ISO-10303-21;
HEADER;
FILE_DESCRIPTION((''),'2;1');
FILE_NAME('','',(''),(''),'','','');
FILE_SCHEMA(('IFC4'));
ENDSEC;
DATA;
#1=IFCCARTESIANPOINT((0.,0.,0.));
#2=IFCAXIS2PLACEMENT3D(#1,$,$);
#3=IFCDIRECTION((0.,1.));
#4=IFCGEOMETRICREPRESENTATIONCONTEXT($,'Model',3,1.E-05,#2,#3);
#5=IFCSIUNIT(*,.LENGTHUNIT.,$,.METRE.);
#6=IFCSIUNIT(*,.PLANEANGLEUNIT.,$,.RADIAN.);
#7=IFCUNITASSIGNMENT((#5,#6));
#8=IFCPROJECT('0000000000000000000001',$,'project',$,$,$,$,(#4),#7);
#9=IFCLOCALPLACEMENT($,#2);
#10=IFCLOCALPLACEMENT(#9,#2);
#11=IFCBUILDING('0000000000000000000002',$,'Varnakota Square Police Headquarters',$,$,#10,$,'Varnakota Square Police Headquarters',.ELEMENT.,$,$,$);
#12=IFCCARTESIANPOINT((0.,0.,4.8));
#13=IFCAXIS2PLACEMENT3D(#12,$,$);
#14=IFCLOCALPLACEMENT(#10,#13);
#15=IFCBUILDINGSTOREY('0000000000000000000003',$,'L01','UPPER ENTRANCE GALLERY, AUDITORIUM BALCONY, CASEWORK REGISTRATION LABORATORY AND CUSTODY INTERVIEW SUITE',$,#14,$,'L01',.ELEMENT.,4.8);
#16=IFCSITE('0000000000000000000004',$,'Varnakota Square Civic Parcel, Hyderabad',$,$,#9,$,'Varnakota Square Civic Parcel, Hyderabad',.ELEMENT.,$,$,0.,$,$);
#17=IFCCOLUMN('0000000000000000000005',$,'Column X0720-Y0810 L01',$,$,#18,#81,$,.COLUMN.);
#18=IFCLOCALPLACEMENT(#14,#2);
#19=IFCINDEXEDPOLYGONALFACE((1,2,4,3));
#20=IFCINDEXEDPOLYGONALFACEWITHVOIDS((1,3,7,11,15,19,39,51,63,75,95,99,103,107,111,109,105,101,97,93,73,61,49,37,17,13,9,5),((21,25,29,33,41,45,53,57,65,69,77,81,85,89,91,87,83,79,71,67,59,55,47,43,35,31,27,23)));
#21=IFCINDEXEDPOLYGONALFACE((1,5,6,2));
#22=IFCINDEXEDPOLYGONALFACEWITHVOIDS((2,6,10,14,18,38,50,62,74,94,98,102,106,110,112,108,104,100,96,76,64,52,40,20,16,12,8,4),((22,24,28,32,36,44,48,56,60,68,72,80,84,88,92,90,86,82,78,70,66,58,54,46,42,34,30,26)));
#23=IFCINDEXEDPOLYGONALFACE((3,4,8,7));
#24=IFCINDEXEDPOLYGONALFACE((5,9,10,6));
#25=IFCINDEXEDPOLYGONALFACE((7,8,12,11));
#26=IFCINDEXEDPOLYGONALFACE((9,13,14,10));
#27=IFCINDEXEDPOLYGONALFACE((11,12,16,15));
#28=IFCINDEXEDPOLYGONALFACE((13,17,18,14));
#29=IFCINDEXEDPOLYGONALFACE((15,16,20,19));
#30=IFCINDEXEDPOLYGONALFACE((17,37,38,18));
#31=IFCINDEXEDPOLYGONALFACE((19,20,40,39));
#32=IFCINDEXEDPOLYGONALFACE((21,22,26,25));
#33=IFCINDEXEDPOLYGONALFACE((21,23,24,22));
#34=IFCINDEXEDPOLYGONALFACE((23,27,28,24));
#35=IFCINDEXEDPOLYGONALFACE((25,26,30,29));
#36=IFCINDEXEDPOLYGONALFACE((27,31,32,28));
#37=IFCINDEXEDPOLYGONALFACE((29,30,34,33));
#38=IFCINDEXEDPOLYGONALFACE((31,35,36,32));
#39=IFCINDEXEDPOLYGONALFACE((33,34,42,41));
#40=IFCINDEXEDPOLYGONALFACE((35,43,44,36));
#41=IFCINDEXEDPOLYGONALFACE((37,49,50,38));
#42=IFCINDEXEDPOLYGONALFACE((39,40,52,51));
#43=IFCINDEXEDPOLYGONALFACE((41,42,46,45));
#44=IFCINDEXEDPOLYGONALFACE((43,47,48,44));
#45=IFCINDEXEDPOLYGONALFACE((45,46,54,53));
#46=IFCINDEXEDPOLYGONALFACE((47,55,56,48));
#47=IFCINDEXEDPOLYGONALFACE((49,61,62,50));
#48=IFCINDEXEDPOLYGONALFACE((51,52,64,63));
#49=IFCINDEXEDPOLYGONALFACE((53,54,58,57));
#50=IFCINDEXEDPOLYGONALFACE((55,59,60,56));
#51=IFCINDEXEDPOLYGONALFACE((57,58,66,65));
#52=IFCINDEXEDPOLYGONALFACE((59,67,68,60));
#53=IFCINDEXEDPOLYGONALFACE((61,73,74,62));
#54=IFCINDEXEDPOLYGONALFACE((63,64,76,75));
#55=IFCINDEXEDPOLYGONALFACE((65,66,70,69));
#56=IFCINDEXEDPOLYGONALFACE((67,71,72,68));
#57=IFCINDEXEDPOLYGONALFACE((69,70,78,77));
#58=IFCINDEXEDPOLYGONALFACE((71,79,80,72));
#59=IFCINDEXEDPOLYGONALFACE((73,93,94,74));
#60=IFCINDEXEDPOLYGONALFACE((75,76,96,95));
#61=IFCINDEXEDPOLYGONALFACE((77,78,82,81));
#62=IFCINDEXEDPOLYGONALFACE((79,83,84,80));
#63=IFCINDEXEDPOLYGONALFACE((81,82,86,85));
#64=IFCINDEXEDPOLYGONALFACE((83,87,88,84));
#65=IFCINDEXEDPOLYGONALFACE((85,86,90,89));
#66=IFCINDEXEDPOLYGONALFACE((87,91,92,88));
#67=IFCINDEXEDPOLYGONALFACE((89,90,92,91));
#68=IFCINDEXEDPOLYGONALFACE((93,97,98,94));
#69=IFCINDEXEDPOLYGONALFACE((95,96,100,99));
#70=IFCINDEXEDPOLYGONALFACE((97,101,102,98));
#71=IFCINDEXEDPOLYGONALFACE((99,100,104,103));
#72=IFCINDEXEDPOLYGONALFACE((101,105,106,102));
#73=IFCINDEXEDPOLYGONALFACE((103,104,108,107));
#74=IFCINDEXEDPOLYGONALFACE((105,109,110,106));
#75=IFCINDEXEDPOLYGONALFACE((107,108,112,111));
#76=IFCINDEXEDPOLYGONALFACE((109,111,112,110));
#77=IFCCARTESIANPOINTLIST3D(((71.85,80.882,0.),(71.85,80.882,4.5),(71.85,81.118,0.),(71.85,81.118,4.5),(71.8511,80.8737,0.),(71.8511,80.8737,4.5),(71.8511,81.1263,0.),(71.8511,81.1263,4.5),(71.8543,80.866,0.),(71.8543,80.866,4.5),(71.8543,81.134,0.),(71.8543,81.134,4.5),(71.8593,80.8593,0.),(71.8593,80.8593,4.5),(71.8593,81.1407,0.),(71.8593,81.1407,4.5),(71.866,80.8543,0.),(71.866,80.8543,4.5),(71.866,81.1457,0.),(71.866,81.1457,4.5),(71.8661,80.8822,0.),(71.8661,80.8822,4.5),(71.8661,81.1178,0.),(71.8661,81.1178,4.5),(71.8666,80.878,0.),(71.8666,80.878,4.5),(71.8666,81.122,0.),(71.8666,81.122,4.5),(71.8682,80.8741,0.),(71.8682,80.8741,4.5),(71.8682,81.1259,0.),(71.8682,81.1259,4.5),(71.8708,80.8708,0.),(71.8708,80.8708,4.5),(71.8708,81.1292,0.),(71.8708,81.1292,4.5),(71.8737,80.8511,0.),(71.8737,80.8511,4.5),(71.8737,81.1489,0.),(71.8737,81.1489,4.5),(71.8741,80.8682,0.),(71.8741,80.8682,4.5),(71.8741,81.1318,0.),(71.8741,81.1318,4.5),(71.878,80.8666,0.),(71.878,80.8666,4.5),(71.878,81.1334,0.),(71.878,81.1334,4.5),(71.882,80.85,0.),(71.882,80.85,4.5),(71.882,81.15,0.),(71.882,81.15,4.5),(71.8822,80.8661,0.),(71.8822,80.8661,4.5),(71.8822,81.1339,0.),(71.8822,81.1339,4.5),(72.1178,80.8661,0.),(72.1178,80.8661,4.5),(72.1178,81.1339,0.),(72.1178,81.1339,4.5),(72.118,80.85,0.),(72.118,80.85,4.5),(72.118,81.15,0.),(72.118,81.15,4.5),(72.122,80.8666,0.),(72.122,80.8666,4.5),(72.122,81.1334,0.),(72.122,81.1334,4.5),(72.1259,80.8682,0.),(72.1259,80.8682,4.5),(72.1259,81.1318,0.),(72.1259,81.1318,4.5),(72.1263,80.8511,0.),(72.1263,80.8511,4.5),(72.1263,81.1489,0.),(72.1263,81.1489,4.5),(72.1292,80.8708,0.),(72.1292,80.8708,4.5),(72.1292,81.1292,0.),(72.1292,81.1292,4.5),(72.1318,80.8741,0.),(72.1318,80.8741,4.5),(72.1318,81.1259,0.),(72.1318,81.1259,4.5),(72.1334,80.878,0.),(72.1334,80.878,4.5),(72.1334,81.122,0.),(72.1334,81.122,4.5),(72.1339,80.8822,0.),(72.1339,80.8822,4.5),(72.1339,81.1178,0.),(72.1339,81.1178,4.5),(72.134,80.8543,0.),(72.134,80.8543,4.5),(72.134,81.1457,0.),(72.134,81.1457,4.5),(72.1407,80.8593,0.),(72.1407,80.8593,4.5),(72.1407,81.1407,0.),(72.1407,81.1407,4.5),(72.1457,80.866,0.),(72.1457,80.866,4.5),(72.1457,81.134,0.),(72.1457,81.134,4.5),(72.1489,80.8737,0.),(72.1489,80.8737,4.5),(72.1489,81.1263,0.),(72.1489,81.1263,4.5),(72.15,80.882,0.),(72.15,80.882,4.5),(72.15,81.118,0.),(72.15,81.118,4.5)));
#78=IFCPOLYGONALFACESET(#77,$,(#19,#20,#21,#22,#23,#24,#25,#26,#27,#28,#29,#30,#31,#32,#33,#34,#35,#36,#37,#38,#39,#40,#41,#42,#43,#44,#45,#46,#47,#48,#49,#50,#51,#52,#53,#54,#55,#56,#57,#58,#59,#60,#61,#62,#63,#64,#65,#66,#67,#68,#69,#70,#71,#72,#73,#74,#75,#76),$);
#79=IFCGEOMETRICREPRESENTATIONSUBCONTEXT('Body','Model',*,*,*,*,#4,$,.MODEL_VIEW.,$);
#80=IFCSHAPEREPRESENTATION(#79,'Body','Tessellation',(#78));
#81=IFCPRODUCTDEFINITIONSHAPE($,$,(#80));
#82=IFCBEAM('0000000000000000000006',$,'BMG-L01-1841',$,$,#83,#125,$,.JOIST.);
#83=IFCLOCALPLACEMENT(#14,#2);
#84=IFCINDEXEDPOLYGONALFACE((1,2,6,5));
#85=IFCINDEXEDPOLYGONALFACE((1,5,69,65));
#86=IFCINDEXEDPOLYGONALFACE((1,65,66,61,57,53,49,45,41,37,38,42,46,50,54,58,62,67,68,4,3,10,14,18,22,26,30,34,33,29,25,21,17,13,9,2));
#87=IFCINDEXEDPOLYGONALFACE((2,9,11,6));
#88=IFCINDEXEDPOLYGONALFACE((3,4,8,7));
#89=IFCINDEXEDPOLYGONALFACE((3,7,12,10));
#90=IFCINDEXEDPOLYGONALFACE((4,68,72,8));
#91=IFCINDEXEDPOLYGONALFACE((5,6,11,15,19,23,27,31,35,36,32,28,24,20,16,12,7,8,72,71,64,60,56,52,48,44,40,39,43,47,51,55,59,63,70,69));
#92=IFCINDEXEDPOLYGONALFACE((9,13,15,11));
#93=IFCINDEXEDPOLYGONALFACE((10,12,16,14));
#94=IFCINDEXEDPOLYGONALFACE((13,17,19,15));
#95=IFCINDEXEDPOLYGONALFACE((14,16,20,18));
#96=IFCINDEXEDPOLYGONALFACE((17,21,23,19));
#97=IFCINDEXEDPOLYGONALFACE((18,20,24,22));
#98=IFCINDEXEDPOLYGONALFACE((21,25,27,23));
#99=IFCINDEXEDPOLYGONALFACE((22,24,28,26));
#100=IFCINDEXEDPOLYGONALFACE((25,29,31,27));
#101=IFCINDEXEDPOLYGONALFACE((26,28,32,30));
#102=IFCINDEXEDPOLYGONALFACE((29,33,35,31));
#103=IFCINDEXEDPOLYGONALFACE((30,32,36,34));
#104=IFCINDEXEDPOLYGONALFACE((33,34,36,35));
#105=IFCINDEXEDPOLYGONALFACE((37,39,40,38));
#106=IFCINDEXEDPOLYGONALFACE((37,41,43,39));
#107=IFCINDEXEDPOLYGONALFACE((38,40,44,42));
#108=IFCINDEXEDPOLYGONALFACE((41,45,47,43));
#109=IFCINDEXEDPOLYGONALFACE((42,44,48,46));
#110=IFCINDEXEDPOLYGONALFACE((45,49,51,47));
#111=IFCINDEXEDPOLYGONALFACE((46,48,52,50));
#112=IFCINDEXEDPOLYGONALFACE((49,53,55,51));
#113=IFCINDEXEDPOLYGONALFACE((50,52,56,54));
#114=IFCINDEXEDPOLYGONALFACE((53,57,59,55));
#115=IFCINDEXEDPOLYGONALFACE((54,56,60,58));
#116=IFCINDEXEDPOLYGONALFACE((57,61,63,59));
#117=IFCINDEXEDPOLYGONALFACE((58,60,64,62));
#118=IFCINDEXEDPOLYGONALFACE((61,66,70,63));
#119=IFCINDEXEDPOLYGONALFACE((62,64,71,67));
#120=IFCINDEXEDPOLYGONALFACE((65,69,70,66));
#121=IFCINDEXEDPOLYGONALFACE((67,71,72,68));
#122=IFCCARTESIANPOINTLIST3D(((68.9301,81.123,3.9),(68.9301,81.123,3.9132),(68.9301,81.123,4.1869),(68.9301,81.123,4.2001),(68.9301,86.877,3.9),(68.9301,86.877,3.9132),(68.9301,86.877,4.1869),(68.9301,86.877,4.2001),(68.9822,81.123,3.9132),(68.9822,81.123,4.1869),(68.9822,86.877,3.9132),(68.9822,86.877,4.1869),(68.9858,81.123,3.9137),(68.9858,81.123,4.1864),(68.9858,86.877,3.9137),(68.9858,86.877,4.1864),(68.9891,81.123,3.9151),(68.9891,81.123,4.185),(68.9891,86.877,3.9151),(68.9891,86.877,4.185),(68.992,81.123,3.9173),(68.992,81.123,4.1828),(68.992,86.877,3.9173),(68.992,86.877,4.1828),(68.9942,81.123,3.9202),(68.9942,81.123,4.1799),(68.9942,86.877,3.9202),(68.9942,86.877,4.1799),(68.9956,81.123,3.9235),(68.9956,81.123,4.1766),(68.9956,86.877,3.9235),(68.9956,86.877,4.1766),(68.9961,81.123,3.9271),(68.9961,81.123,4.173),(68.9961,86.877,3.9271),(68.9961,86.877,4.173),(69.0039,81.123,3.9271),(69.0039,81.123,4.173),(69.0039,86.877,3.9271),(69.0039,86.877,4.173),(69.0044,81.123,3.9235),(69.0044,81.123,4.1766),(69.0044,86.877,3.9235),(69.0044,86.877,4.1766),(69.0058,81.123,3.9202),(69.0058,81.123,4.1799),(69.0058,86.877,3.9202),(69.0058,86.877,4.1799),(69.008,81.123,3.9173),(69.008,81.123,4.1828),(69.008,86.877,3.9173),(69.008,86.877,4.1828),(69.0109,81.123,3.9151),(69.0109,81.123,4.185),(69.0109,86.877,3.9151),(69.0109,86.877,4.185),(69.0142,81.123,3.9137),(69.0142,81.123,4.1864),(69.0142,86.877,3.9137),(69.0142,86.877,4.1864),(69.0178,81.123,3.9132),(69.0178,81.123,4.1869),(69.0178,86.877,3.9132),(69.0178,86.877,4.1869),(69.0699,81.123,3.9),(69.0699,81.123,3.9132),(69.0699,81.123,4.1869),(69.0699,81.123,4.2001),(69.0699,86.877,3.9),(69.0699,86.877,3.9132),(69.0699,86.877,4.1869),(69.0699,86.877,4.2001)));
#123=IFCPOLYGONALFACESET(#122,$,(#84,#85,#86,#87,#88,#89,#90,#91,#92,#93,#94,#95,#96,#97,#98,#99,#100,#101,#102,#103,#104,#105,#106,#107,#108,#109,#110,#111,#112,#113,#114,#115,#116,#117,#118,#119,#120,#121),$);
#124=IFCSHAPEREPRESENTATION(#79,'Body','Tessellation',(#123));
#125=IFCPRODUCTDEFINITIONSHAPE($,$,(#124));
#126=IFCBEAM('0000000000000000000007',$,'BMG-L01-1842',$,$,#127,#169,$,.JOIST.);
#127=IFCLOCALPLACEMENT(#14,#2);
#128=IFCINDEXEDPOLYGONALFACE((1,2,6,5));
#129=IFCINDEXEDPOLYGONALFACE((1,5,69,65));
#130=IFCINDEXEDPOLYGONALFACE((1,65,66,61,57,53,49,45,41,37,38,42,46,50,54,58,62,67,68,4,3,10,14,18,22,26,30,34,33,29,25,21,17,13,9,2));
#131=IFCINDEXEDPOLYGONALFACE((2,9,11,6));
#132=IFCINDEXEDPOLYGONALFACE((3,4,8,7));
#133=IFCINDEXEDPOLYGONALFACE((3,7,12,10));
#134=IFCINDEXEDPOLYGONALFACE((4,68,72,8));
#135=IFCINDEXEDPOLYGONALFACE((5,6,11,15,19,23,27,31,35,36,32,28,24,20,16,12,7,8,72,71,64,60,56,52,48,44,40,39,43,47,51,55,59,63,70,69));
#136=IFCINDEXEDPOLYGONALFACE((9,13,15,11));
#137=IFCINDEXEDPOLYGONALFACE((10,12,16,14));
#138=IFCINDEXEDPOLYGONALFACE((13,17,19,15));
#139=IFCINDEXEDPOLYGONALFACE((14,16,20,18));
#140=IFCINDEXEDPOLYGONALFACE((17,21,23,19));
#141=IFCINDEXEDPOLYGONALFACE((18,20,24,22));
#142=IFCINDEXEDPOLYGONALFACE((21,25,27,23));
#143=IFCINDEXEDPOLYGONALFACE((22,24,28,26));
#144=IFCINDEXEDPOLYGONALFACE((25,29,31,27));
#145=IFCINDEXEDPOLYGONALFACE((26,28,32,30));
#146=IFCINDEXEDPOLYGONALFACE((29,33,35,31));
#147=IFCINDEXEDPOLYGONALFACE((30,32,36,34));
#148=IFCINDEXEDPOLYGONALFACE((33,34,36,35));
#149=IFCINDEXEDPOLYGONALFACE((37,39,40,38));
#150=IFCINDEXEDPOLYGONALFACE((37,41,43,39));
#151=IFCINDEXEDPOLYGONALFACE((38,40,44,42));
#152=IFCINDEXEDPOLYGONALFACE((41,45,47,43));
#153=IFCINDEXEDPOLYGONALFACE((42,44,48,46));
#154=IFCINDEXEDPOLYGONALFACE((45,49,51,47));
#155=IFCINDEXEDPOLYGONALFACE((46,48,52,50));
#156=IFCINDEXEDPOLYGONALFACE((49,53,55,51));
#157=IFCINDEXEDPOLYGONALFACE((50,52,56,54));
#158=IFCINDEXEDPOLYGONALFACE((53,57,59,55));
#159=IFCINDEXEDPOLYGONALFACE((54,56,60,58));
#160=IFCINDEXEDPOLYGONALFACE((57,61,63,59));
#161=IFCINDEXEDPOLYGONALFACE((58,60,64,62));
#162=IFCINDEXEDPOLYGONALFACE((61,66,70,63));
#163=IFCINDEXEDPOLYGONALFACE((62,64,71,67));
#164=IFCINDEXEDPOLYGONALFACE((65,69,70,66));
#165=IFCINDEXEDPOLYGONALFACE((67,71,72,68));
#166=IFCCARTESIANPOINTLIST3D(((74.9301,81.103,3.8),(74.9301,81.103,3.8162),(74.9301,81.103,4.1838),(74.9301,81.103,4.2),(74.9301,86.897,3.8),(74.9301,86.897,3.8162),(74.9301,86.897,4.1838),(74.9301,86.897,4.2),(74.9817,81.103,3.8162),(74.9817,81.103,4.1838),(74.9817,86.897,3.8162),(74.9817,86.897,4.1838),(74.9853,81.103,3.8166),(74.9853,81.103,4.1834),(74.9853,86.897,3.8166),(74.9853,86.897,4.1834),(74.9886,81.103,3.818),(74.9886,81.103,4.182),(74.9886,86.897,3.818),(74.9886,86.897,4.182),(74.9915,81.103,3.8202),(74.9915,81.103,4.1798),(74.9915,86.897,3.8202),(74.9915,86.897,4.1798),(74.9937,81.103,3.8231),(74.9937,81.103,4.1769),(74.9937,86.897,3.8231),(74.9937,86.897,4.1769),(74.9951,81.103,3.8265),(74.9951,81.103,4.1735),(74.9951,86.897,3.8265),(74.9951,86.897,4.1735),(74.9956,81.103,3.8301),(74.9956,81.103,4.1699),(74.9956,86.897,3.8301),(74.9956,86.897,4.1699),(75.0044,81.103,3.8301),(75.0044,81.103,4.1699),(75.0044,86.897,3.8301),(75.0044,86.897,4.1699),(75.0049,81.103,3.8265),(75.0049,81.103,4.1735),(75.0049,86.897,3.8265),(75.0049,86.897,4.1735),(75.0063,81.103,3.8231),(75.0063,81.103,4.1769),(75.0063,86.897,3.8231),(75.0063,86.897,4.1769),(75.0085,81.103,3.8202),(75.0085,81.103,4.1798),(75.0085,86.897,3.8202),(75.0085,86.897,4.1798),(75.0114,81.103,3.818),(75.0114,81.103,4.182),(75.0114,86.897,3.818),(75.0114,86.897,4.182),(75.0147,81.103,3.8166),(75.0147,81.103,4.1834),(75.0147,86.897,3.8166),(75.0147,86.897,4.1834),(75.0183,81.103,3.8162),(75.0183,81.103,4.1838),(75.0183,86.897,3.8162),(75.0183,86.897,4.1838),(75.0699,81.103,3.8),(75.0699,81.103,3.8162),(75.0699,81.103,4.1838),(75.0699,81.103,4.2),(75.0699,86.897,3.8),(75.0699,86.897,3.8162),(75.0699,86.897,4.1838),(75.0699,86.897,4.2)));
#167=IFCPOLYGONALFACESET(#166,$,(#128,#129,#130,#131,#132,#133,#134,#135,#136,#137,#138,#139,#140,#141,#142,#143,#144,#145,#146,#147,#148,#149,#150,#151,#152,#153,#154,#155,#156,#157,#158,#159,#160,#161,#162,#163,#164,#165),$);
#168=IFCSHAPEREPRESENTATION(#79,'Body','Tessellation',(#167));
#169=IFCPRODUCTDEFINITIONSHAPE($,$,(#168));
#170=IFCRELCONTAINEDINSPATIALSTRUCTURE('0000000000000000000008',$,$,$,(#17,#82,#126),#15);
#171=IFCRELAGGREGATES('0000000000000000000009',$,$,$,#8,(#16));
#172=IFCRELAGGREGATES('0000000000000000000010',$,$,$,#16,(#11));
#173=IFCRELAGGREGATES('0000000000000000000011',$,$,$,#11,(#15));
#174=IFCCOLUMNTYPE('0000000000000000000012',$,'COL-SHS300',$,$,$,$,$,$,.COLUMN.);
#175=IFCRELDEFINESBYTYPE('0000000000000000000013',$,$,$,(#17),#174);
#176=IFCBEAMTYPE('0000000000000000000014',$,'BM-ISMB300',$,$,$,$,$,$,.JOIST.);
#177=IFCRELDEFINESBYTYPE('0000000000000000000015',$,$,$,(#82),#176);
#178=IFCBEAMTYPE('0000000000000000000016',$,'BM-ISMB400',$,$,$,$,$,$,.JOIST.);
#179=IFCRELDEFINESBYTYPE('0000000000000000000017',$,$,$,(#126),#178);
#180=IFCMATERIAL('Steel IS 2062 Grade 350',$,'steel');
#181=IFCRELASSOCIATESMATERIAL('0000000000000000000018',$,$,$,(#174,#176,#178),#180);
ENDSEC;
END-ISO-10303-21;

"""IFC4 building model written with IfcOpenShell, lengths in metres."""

from ifc_helpers import new_model, si_unit, direction, frame, origin, origin_2d, place, context, subcontext, project, spatial, hollow_rectangle, i_section, extrude, material, material_profile, profile_set, type_object, element, save


model = new_model("IFC4")

# Units and contexts
model_context = context("Model", 3, precision=1e-05, world=origin(), true_north=direction((0.0, 1.0)))
body_context = subcontext(model_context, "Body", "Model", "MODEL_VIEW")
ifc_project = project(units=[si_unit("LENGTHUNIT", "METRE"), si_unit("PLANEANGLEUNIT", "RADIAN")], contexts=[model_context])

# Site, building, storey
site_placement = place(None, origin())
site = spatial("IfcSite", under=ifc_project, at=site_placement, Name="Varnakota Square Civic Parcel, Hyderabad", LongName="Varnakota Square Civic Parcel, Hyderabad", CompositionType="ELEMENT", RefElevation=0.0)
building_placement = place(site_placement, origin())
building = spatial("IfcBuilding", under=site, at=building_placement, Name="Varnakota Square Police Headquarters", LongName="Varnakota Square Police Headquarters", CompositionType="ELEMENT")
storey_placement = place(building_placement, frame((0.0, 0.0, 4.8)))
storey = spatial("IfcBuildingStorey", under=building, at=storey_placement, Name="L01", Description="UPPER ENTRANCE GALLERY, AUDITORIUM BALCONY, CASEWORK REGISTRATION LABORATORY AND CUSTODY INTERVIEW SUITE", LongName="L01", CompositionType="ELEMENT", Elevation=4.8)

# Column
ifc_material_1 = material(Name="Steel IS 2062 Grade 350", Category="steel")
ifc_material_profile_1 = material_profile(ifc_material_1, hollow_rectangle(XDim=0.3, YDim=0.3, WallThickness=0.0161, InnerFilletRadius=0.0161, OuterFilletRadius=0.032, at=origin_2d()), Name="SHS 300x300x16")
ifc_profile_set_1 = profile_set([ifc_material_profile_1], Name="Steel IS 2062 Grade 350")
column_type = type_object("IfcColumnType", Name="COL-SHS300", PredefinedType="COLUMN", material=ifc_profile_set_1)
column_placement = place(storey_placement, frame((72.0, 81.0, 0.0), z_axis=(0.0, 0.0, 1.0), x_axis=(1.0, 0.0, 0.0)))
element("IfcColumn", 1, at=column_placement, inside=storey, type_object=column_type, Name="Column X0720-Y0810 L01", PredefinedType="COLUMN", context=body_context, shape_type="SweptSolid", body=[
    extrude(hollow_rectangle(XDim=0.3, YDim=0.3, WallThickness=0.0161, InnerFilletRadius=0.0161, OuterFilletRadius=0.032, at=origin_2d()), origin(), (0.0, 0.0, 1.0), 4.5),
])

# Beams
ifc_material_profile_2 = material_profile(ifc_material_1, i_section(OverallWidth=0.1399, OverallDepth=0.3, WebThickness=0.0078, FlangeThickness=0.0132, FilletRadius=0.0139, at=origin_2d()), Name="ISMB 300")
ifc_profile_set_2 = profile_set([ifc_material_profile_2], Name="Steel IS 2062 Grade 350")
beam_type_1 = type_object("IfcBeamType", Name="BM-ISMB300", PredefinedType="JOIST", material=ifc_profile_set_2)
beam_1_placement = place(storey_placement, frame((69.0, 81.123, 4.05), z_axis=(0.0, 1.0, 0.0), x_axis=(-1.0, 0.0, 0.0)))
element("IfcBeam", 2, at=beam_1_placement, inside=storey, type_object=beam_type_1, Name="BMG-L01-1841", PredefinedType="JOIST", context=body_context, shape_type="SweptSolid", body=[
    extrude(i_section(OverallWidth=0.1399, OverallDepth=0.3, WebThickness=0.0078, FlangeThickness=0.0132, FilletRadius=0.0139, at=origin_2d()), origin(), (0.0, 0.0, 1.0), 5.7539),
])
ifc_material_profile_3 = material_profile(ifc_material_1, i_section(OverallWidth=0.1399, OverallDepth=0.3999, WebThickness=0.0088, FlangeThickness=0.0161, FilletRadius=0.0139, at=origin_2d()), Name="ISMB 400")
ifc_profile_set_3 = profile_set([ifc_material_profile_3], Name="Steel IS 2062 Grade 350")
beam_type_2 = type_object("IfcBeamType", Name="BM-ISMB400", PredefinedType="JOIST", material=ifc_profile_set_3)
beam_2_placement = place(storey_placement, frame((75.0, 81.103, 4.0), z_axis=(0.0, 1.0, 0.0), x_axis=(-1.0, 0.0, 0.0)))
element("IfcBeam", 3, at=beam_2_placement, inside=storey, type_object=beam_type_2, Name="BMG-L01-1842", PredefinedType="JOIST", context=body_context, shape_type="SweptSolid", body=[
    extrude(i_section(OverallWidth=0.1399, OverallDepth=0.3999, WebThickness=0.0088, FlangeThickness=0.0161, FilletRadius=0.0139, at=origin_2d()), origin(), (0.0, 0.0, 1.0), 5.7939),
])

save(model, "model.ifc")
